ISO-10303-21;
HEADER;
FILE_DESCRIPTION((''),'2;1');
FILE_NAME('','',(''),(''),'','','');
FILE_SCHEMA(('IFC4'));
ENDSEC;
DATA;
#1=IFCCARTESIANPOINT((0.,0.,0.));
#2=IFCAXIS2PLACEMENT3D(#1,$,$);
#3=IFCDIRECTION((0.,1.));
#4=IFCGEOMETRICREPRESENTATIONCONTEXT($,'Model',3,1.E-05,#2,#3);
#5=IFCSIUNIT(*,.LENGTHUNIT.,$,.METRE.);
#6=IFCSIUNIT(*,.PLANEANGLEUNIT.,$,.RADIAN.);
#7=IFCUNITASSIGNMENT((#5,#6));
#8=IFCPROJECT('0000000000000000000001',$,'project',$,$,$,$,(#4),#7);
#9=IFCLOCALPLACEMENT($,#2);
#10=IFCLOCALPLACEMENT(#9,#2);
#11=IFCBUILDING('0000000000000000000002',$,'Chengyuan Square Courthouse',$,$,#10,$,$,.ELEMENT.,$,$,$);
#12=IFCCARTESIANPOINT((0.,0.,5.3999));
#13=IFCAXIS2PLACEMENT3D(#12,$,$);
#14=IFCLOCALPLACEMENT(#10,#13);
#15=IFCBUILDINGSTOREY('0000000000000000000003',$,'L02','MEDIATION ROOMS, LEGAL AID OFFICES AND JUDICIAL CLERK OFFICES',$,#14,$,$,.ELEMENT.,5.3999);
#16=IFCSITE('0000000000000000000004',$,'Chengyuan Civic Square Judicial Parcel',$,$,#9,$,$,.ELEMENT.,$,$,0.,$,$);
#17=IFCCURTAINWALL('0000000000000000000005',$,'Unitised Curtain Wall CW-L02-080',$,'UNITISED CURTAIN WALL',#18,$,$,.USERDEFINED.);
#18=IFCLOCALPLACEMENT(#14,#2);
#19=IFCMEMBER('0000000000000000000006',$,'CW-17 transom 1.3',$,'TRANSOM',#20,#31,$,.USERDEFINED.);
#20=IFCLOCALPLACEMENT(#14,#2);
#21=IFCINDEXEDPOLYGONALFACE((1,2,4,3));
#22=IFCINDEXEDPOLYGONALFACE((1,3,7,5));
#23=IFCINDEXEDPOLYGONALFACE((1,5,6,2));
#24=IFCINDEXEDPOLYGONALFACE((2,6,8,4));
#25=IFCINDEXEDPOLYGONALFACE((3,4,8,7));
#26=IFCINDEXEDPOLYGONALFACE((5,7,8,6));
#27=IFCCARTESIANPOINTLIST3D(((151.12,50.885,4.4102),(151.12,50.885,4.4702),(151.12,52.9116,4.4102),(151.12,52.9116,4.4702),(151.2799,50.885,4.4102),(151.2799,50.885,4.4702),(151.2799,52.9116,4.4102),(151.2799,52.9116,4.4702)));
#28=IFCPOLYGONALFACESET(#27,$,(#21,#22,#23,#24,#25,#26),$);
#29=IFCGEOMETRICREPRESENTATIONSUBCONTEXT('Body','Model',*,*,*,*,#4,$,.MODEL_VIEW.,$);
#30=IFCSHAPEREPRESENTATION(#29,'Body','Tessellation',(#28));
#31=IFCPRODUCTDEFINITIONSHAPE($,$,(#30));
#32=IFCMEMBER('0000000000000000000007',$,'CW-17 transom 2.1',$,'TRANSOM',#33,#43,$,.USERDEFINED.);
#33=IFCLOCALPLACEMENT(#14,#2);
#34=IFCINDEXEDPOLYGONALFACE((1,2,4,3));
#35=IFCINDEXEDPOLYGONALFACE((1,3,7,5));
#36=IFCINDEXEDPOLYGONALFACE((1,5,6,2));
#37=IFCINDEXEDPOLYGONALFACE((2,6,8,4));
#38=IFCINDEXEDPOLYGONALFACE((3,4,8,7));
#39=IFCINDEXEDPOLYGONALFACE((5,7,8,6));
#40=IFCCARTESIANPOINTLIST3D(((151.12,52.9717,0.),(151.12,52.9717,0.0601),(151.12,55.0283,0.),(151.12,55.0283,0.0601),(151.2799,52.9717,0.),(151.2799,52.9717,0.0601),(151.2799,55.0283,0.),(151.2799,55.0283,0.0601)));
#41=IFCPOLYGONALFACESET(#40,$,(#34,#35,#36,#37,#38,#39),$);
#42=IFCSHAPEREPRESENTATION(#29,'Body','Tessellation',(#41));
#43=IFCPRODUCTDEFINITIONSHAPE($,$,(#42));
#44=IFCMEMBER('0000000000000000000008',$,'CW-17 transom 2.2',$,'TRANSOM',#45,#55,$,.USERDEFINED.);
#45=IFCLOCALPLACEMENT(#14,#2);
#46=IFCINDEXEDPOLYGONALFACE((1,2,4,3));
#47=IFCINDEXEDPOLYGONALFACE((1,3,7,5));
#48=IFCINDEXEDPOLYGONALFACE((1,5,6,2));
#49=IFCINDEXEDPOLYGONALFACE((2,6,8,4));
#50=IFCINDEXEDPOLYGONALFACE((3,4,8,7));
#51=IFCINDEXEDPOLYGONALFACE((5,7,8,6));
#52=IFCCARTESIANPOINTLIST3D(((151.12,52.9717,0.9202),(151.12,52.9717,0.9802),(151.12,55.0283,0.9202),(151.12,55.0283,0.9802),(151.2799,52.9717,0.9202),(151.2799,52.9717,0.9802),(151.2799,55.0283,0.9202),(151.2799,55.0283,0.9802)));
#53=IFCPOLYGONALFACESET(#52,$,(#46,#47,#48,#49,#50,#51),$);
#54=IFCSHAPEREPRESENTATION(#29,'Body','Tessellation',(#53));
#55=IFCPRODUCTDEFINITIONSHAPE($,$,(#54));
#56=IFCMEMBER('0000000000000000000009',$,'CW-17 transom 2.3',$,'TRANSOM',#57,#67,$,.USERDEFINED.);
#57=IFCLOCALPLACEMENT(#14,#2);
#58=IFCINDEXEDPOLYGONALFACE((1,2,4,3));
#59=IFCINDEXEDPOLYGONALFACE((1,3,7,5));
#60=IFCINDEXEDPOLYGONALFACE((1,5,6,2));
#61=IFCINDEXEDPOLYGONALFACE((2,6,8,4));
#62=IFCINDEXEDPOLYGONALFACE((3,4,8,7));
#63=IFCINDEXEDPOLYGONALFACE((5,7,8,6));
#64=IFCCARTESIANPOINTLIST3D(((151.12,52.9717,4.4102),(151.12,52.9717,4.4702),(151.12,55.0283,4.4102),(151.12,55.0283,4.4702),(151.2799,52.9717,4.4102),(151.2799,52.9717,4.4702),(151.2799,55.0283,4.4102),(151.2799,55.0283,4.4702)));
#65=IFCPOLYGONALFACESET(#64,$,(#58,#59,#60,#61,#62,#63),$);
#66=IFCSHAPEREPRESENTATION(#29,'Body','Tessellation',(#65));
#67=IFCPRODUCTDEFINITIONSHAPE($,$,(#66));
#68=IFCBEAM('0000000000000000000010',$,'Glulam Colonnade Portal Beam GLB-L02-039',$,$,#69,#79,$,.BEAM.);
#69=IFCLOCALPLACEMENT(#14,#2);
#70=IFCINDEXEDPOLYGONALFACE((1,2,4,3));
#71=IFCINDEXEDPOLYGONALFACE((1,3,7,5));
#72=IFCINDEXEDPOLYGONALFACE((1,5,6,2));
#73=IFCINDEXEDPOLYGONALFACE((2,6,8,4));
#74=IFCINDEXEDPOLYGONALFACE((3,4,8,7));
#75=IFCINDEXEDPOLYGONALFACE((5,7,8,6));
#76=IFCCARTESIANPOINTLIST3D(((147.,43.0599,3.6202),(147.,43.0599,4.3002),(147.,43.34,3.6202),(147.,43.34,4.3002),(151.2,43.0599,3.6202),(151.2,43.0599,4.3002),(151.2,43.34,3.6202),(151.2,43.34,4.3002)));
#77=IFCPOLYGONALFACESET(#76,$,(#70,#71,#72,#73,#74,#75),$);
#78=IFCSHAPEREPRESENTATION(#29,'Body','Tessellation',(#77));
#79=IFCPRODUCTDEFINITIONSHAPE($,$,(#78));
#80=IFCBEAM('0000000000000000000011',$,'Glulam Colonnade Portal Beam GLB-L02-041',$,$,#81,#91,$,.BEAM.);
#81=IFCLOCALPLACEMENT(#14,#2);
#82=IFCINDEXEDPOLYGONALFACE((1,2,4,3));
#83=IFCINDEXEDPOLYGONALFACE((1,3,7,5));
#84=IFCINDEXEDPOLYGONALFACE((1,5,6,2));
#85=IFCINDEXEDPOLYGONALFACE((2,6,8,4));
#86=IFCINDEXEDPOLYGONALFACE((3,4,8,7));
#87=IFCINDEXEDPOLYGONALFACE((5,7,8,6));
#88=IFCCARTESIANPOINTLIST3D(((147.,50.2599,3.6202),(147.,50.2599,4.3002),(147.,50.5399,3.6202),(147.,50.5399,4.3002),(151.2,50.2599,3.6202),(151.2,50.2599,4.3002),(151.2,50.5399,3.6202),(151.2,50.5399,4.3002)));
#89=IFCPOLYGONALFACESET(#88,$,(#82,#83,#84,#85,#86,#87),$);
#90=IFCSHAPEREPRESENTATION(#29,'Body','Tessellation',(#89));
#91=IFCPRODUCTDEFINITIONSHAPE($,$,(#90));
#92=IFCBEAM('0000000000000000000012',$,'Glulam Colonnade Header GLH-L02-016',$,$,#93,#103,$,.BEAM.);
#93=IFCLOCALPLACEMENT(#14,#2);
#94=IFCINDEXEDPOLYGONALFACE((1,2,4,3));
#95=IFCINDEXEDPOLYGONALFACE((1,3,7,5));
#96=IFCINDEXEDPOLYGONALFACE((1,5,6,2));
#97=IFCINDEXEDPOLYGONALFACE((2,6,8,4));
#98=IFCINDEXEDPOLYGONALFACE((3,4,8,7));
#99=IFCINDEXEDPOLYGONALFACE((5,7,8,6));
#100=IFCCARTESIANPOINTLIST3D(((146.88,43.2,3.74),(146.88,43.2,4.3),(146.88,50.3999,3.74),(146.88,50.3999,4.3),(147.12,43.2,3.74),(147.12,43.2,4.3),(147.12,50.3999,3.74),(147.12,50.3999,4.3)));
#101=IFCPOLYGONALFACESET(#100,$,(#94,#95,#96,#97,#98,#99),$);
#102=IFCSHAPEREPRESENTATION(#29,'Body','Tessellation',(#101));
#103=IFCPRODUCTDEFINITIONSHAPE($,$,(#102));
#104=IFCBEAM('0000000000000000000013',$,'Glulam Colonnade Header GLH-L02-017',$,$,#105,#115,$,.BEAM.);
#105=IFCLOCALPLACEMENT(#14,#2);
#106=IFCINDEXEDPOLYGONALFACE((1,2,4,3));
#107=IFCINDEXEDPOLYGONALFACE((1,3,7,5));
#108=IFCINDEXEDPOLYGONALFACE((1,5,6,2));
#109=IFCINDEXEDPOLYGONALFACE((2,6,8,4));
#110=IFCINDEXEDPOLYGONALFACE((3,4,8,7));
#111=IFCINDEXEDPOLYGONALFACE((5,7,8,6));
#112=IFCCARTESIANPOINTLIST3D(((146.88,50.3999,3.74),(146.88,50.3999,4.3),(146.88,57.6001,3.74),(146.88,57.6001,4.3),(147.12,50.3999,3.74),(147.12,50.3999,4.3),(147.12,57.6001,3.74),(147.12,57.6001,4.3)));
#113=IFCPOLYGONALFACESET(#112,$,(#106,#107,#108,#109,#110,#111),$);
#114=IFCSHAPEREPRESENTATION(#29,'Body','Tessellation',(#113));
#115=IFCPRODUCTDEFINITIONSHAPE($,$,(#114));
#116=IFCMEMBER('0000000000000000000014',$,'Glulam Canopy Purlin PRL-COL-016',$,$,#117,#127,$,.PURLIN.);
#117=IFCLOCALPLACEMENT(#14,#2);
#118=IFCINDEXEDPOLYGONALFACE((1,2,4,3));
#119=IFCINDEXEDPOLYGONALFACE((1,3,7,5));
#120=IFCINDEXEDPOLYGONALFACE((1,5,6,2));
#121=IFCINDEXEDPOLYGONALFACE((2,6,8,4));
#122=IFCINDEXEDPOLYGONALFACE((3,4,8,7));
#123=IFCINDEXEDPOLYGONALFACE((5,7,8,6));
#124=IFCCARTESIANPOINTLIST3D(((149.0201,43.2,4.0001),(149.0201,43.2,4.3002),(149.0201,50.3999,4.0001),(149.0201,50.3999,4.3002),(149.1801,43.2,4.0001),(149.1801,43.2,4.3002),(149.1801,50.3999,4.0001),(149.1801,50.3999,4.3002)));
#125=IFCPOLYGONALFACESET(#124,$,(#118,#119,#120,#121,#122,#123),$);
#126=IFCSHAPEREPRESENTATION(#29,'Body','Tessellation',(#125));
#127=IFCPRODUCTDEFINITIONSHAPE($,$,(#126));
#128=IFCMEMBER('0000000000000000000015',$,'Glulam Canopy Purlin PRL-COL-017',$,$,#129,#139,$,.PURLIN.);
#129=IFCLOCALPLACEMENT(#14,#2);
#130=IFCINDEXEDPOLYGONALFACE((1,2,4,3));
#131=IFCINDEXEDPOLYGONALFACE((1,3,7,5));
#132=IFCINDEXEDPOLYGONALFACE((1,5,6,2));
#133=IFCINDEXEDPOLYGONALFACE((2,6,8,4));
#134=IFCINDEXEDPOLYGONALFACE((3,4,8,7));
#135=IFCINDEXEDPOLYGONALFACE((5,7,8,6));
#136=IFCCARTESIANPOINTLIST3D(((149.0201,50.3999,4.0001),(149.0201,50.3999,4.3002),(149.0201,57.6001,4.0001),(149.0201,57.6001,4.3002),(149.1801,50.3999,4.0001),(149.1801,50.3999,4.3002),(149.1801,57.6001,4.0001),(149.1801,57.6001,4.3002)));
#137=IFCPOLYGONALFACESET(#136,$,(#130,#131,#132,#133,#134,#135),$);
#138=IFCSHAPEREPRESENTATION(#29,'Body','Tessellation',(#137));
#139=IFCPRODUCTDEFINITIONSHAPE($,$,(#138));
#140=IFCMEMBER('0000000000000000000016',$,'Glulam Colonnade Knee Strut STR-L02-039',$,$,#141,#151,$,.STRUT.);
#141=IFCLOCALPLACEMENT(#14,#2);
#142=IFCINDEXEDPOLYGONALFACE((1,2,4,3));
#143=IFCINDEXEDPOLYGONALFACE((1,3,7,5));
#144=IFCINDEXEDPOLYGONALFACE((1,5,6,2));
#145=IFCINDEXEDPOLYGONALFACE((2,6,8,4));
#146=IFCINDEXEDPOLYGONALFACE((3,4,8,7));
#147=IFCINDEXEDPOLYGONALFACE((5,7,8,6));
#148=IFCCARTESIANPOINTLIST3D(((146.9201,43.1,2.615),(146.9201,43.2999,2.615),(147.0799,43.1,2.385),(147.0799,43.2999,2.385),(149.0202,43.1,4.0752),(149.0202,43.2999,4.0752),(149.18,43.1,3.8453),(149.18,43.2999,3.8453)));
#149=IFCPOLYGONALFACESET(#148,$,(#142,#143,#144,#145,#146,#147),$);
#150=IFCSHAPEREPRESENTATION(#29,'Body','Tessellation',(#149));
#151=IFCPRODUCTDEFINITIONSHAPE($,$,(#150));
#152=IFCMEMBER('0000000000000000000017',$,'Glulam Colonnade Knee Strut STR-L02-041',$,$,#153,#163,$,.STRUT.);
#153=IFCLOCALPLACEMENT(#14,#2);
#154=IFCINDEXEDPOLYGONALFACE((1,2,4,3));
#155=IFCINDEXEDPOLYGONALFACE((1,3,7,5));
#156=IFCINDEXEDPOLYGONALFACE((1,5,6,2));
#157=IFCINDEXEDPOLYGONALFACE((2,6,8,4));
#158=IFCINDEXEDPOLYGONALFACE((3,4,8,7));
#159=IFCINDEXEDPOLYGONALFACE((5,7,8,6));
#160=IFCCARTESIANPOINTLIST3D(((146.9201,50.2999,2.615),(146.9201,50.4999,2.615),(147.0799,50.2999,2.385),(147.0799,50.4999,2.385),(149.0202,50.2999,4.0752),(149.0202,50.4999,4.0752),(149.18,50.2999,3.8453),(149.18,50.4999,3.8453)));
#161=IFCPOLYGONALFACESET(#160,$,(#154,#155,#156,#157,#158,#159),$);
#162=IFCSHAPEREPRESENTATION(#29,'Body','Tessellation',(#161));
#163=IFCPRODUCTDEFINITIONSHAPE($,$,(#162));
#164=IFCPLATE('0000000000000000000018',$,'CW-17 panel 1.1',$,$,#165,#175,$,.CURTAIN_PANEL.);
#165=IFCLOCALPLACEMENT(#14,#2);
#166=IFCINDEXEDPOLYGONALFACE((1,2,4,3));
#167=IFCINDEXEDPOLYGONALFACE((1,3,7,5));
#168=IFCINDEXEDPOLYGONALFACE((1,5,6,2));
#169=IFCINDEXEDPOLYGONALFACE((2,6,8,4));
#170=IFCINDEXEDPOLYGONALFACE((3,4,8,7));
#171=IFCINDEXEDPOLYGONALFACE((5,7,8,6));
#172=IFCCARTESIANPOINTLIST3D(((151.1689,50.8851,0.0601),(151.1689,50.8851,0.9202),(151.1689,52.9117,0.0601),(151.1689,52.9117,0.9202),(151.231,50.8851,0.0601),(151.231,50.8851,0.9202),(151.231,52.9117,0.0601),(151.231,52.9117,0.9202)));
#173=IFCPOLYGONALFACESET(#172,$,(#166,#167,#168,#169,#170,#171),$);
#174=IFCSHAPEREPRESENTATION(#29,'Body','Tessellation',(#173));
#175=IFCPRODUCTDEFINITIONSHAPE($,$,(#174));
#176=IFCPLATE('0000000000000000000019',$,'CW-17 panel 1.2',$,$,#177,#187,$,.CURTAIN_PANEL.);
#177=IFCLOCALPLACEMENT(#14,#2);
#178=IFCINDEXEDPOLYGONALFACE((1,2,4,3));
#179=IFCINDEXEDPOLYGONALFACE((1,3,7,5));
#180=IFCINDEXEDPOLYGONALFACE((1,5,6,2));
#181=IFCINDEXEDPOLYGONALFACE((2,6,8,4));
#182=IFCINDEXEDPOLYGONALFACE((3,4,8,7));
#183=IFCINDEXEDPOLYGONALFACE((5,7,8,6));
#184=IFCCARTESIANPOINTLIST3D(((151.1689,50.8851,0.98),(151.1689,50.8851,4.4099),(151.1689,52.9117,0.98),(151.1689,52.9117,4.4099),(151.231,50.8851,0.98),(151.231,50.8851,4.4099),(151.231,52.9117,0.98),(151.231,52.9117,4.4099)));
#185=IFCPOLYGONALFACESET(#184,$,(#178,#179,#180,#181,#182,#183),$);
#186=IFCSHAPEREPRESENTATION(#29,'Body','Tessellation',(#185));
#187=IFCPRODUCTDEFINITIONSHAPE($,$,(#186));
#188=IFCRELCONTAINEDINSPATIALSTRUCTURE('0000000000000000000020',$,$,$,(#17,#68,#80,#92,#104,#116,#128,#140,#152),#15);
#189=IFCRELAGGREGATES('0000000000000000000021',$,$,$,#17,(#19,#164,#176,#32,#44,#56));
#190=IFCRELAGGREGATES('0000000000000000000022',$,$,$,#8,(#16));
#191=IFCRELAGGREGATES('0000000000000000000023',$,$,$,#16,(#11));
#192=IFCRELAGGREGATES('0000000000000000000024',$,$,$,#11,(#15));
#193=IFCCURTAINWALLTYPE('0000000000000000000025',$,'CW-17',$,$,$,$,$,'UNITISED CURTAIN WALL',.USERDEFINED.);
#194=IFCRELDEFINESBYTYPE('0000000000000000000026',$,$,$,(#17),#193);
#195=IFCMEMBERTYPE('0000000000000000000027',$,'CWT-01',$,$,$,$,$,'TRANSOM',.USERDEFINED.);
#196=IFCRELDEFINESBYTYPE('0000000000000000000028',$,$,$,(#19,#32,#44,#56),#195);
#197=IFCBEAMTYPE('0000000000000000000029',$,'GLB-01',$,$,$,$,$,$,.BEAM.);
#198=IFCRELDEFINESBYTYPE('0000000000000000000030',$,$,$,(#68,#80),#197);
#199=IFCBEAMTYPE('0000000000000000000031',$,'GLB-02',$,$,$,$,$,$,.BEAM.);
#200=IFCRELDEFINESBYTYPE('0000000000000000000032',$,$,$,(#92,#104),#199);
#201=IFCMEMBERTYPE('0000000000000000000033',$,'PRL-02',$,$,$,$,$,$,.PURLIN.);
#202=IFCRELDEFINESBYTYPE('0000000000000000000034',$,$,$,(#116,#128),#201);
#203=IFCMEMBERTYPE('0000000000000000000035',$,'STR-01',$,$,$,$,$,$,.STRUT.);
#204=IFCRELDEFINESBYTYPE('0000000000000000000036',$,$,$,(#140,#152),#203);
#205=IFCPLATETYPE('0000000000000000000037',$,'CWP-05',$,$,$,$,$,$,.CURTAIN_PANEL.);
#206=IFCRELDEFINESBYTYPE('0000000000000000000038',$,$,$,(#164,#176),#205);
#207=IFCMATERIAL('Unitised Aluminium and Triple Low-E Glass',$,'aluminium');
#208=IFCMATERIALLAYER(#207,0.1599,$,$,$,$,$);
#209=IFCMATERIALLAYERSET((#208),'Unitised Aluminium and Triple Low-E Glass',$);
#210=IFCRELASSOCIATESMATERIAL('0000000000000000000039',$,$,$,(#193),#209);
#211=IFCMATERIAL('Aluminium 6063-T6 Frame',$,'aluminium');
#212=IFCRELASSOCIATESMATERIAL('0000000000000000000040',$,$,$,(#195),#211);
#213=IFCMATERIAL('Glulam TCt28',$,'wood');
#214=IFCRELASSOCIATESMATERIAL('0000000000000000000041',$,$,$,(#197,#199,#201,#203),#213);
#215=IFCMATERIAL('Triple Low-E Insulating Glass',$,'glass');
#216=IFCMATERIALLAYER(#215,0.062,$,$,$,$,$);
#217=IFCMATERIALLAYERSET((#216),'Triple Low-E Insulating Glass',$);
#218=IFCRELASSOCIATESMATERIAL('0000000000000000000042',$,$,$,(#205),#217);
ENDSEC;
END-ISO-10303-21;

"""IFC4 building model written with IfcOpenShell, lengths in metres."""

from ifc_helpers import new_model, si_unit, direction, frame, origin, origin_2d, place, context, subcontext, project, spatial, rectangle, extrude, material, layer, layer_set, material_profile, profile_set, type_object, element, aggregate, save


model = new_model("IFC4")

# Units and contexts
model_context = context("Model", 3, precision=1e-05, world=origin(), true_north=direction((0.0, 1.0)))
body_context = subcontext(model_context, "Body", "Model", "MODEL_VIEW")
ifc_project = project(units=[si_unit("LENGTHUNIT", "METRE"), si_unit("PLANEANGLEUNIT", "RADIAN")], contexts=[model_context])

# Site, building, storey
site_placement = place(None, origin())
site = spatial("IfcSite", under=ifc_project, at=site_placement, Name="Chengyuan Civic Square Judicial Parcel", CompositionType="ELEMENT", RefElevation=0.0)
building_placement = place(site_placement, origin())
building = spatial("IfcBuilding", under=site, at=building_placement, Name="Chengyuan Square Courthouse", CompositionType="ELEMENT")
storey_placement = place(building_placement, frame((0.0, 0.0, 5.3999)))
storey = spatial("IfcBuildingStorey", under=building, at=storey_placement, Name="L02", Description="MEDIATION ROOMS, LEGAL AID OFFICES AND JUDICIAL CLERK OFFICES", CompositionType="ELEMENT", Elevation=5.3999)

# Shared definitions
ifc_material_1 = material(Name="Glulam TCt28", Category="wood")

# Curtain wall, members
ifc_material_2 = material(Name="Unitised Aluminium and Triple Low-E Glass", Category="aluminium")
ifc_layer_1 = layer(ifc_material_2, 0.1599)
ifc_layer_set_1 = layer_set([ifc_layer_1], Name="Unitised Aluminium and Triple Low-E Glass")
curtain_wall_type = type_object("IfcCurtainWallType", Name="CW-17", ElementType="UNITISED CURTAIN WALL", PredefinedType="USERDEFINED", material=ifc_layer_set_1)
curtain_wall_placement = place(storey_placement, origin())
curtain_wall = element("IfcCurtainWall", 1, at=curtain_wall_placement, inside=storey, type_object=curtain_wall_type, Name="Unitised Curtain Wall CW-L02-080", ObjectType="UNITISED CURTAIN WALL", PredefinedType="USERDEFINED")
ifc_material_3 = material(Name="Aluminium 6063-T6 Frame", Category="aluminium")
ifc_material_profile_1 = material_profile(ifc_material_3, rectangle(XDim=0.1599, YDim=0.0601, at=origin_2d()), Name="CW-TRN-60x120")
ifc_profile_set_1 = profile_set([ifc_material_profile_1], Name="Aluminium 6063-T6 Frame")
member_type_1 = type_object("IfcMemberType", Name="CWT-01", ElementType="TRANSOM", PredefinedType="USERDEFINED", material=ifc_profile_set_1)
member_1_placement = place(storey_placement, frame((151.2, 50.885, 4.4402), z_axis=(0.0, 1.0, 0.0), x_axis=(-1.0, 0.0, 0.0)))
member_1 = element("IfcMember", 2, at=member_1_placement, type_object=member_type_1, Name="CW-17 transom 1.3", ObjectType="TRANSOM", PredefinedType="USERDEFINED", context=body_context, shape_type="SweptSolid", body=[
    extrude(rectangle(XDim=0.1599, YDim=0.0601, at=origin_2d()), origin(), (0.0, 0.0, 1.0), 2.0266),
])
member_2_placement = place(storey_placement, frame((151.2, 52.9717, 0.03), z_axis=(0.0, 1.0, 0.0), x_axis=(-1.0, 0.0, 0.0)))
member_2 = element("IfcMember", 3, at=member_2_placement, type_object=member_type_1, Name="CW-17 transom 2.1", ObjectType="TRANSOM", PredefinedType="USERDEFINED", context=body_context, shape_type="SweptSolid", body=[
    extrude(rectangle(XDim=0.1599, YDim=0.0601, at=origin_2d()), origin(), (0.0, 0.0, 1.0), 2.0566),
])
member_3_placement = place(storey_placement, frame((151.2, 52.9717, 0.9502), z_axis=(0.0, 1.0, 0.0), x_axis=(-1.0, 0.0, 0.0)))
member_3 = element("IfcMember", 4, at=member_3_placement, type_object=member_type_1, Name="CW-17 transom 2.2", ObjectType="TRANSOM", PredefinedType="USERDEFINED", context=body_context, shape_type="SweptSolid", body=[
    extrude(rectangle(XDim=0.1599, YDim=0.0601, at=origin_2d()), origin(), (0.0, 0.0, 1.0), 2.0566),
])
member_4_placement = place(storey_placement, frame((151.2, 52.9717, 4.4402), z_axis=(0.0, 1.0, 0.0), x_axis=(-1.0, 0.0, 0.0)))
member_4 = element("IfcMember", 5, at=member_4_placement, type_object=member_type_1, Name="CW-17 transom 2.3", ObjectType="TRANSOM", PredefinedType="USERDEFINED", context=body_context, shape_type="SweptSolid", body=[
    extrude(rectangle(XDim=0.1599, YDim=0.0601, at=origin_2d()), origin(), (0.0, 0.0, 1.0), 2.0566),
])

# Beams
ifc_material_profile_2 = material_profile(ifc_material_1, rectangle(XDim=0.28, YDim=0.6799, at=origin_2d()), Name="GL-BM-280x680")
ifc_profile_set_2 = profile_set([ifc_material_profile_2], Name="Glulam TCt28")
beam_type_1 = type_object("IfcBeamType", Name="GLB-01", PredefinedType="BEAM", material=ifc_profile_set_2)
for number, where, z_axis, x_axis, name in (
    (6, (151.2, 43.2, 3.9602), (-1.0, 0.0, 0.0), (0.0, -1.0, 0.0), "Glulam Colonnade Portal Beam GLB-L02-039"),
    (7, (151.2, 50.3999, 3.9602), (-1.0, 0.0, 0.0), (0.0, -1.0, 0.0), "Glulam Colonnade Portal Beam GLB-L02-041"),
):
    element("IfcBeam", number, at=place(storey_placement, frame(where, z_axis=z_axis, x_axis=x_axis)), inside=storey, type_object=beam_type_1, Name=name, PredefinedType="BEAM", context=body_context, shape_type="SweptSolid", body=[
        extrude(rectangle(XDim=0.28, YDim=0.6799, at=origin_2d()), origin(), (0.0, 0.0, 1.0), 4.2),
    ])
ifc_material_profile_3 = material_profile(ifc_material_1, rectangle(XDim=0.24, YDim=0.5601, at=origin_2d()), Name="GL-BM-240x560")
ifc_profile_set_3 = profile_set([ifc_material_profile_3], Name="Glulam TCt28")
beam_type_2 = type_object("IfcBeamType", Name="GLB-02", PredefinedType="BEAM", material=ifc_profile_set_3)
beam_1_placement = place(storey_placement, frame((147.0, 43.2, 4.02), z_axis=(0.0, 1.0, 0.0), x_axis=(-1.0, 0.0, 0.0)))
element("IfcBeam", 8, at=beam_1_placement, inside=storey, type_object=beam_type_2, Name="Glulam Colonnade Header GLH-L02-016", PredefinedType="BEAM", context=body_context, shape_type="SweptSolid", body=[
    extrude(rectangle(XDim=0.24, YDim=0.5601, at=origin_2d()), origin(), (0.0, 0.0, 1.0), 7.2),
])
beam_2_placement = place(storey_placement, frame((147.0, 50.3999, 4.02), z_axis=(0.0, 1.0, 0.0), x_axis=(-1.0, 0.0, 0.0)))
element("IfcBeam", 9, at=beam_2_placement, inside=storey, type_object=beam_type_2, Name="Glulam Colonnade Header GLH-L02-017", PredefinedType="BEAM", context=body_context, shape_type="SweptSolid", body=[
    extrude(rectangle(XDim=0.24, YDim=0.5601, at=origin_2d()), origin(), (0.0, 0.0, 1.0), 7.2002),
])

# Members
ifc_material_profile_4 = material_profile(ifc_material_1, rectangle(XDim=0.1599, YDim=0.3, at=origin_2d()), Name="GL-PRL-160x300")
ifc_profile_set_4 = profile_set([ifc_material_profile_4], Name="Glulam TCt28")
member_type_2 = type_object("IfcMemberType", Name="PRL-02", PredefinedType="PURLIN", material=ifc_profile_set_4)
member_5_placement = place(storey_placement, frame((149.1001, 43.2, 4.1501), z_axis=(0.0, 1.0, 0.0), x_axis=(-1.0, 0.0, 0.0)))
element("IfcMember", 10, at=member_5_placement, inside=storey, type_object=member_type_2, Name="Glulam Canopy Purlin PRL-COL-016", PredefinedType="PURLIN", context=body_context, shape_type="SweptSolid", body=[
    extrude(rectangle(XDim=0.1599, YDim=0.3, at=origin_2d()), origin(), (0.0, 0.0, 1.0), 7.2),
])
member_6_placement = place(storey_placement, frame((149.1001, 50.3999, 4.1501), z_axis=(0.0, 1.0, 0.0), x_axis=(-1.0, 0.0, 0.0)))
element("IfcMember", 11, at=member_6_placement, inside=storey, type_object=member_type_2, Name="Glulam Canopy Purlin PRL-COL-017", PredefinedType="PURLIN", context=body_context, shape_type="SweptSolid", body=[
    extrude(rectangle(XDim=0.1599, YDim=0.3, at=origin_2d()), origin(), (0.0, 0.0, 1.0), 7.2002),
])
ifc_material_profile_5 = material_profile(ifc_material_1, rectangle(XDim=0.2, YDim=0.28, at=origin_2d()), Name="GL-STR-200x280")
ifc_profile_set_5 = profile_set([ifc_material_profile_5], Name="Glulam TCt28")
member_type_3 = type_object("IfcMemberType", Name="STR-01", PredefinedType="STRUT", material=ifc_profile_set_5)
for number, where, z_axis, x_axis, name in (
    (12, (147.0, 43.2, 2.5), (0.821039, 0.0, 0.570872), (0.0, 1.0, 0.0), "Glulam Colonnade Knee Strut STR-L02-039"),
    (13, (147.0, 50.3999, 2.5), (0.821039, 0.0, 0.570872), (0.0, 1.0, 0.0), "Glulam Colonnade Knee Strut STR-L02-041"),
):
    element("IfcMember", number, at=place(storey_placement, frame(where, z_axis=z_axis, x_axis=x_axis)), inside=storey, type_object=member_type_3, Name=name, PredefinedType="STRUT", context=body_context, shape_type="SweptSolid", body=[
        extrude(rectangle(XDim=0.2, YDim=0.28, at=origin_2d()), origin(), (0.0, 0.0, 1.0), 2.5579),
    ])

# Plates
ifc_material_4 = material(Name="Triple Low-E Insulating Glass", Category="glass")
ifc_layer_2 = layer(ifc_material_4, 0.062)
ifc_layer_set_2 = layer_set([ifc_layer_2], Name="Triple Low-E Insulating Glass")
plate_type = type_object("IfcPlateType", Name="CWP-05", PredefinedType="CURTAIN_PANEL", material=ifc_layer_set_2)
plate_1_placement = place(storey_placement, frame((151.2, 51.8984, 0.0601), z_axis=(0.0, 0.0, 1.0), x_axis=(0.0, 1.0, 0.0)))
plate_1 = element("IfcPlate", 14, at=plate_1_placement, type_object=plate_type, Name="CW-17 panel 1.1", PredefinedType="CURTAIN_PANEL", context=body_context, shape_type="SweptSolid", body=[
    extrude(rectangle(XDim=2.0266, YDim=0.062, at=origin_2d()), origin(), (0.0, 0.0, 1.0), 0.8601),
])
plate_2_placement = place(storey_placement, frame((151.2, 51.8984, 0.98), z_axis=(0.0, 0.0, 1.0), x_axis=(0.0, 1.0, 0.0)))
plate_2 = element("IfcPlate", 15, at=plate_2_placement, type_object=plate_type, Name="CW-17 panel 1.2", PredefinedType="CURTAIN_PANEL", context=body_context, shape_type="SweptSolid", body=[
    extrude(rectangle(XDim=2.0266, YDim=0.062, at=origin_2d()), origin(), (0.0, 0.0, 1.0), 3.4299),
])
aggregate(curtain_wall, [member_1, plate_1, plate_2, member_2, member_3, member_4])

save(model, "model.ifc")
